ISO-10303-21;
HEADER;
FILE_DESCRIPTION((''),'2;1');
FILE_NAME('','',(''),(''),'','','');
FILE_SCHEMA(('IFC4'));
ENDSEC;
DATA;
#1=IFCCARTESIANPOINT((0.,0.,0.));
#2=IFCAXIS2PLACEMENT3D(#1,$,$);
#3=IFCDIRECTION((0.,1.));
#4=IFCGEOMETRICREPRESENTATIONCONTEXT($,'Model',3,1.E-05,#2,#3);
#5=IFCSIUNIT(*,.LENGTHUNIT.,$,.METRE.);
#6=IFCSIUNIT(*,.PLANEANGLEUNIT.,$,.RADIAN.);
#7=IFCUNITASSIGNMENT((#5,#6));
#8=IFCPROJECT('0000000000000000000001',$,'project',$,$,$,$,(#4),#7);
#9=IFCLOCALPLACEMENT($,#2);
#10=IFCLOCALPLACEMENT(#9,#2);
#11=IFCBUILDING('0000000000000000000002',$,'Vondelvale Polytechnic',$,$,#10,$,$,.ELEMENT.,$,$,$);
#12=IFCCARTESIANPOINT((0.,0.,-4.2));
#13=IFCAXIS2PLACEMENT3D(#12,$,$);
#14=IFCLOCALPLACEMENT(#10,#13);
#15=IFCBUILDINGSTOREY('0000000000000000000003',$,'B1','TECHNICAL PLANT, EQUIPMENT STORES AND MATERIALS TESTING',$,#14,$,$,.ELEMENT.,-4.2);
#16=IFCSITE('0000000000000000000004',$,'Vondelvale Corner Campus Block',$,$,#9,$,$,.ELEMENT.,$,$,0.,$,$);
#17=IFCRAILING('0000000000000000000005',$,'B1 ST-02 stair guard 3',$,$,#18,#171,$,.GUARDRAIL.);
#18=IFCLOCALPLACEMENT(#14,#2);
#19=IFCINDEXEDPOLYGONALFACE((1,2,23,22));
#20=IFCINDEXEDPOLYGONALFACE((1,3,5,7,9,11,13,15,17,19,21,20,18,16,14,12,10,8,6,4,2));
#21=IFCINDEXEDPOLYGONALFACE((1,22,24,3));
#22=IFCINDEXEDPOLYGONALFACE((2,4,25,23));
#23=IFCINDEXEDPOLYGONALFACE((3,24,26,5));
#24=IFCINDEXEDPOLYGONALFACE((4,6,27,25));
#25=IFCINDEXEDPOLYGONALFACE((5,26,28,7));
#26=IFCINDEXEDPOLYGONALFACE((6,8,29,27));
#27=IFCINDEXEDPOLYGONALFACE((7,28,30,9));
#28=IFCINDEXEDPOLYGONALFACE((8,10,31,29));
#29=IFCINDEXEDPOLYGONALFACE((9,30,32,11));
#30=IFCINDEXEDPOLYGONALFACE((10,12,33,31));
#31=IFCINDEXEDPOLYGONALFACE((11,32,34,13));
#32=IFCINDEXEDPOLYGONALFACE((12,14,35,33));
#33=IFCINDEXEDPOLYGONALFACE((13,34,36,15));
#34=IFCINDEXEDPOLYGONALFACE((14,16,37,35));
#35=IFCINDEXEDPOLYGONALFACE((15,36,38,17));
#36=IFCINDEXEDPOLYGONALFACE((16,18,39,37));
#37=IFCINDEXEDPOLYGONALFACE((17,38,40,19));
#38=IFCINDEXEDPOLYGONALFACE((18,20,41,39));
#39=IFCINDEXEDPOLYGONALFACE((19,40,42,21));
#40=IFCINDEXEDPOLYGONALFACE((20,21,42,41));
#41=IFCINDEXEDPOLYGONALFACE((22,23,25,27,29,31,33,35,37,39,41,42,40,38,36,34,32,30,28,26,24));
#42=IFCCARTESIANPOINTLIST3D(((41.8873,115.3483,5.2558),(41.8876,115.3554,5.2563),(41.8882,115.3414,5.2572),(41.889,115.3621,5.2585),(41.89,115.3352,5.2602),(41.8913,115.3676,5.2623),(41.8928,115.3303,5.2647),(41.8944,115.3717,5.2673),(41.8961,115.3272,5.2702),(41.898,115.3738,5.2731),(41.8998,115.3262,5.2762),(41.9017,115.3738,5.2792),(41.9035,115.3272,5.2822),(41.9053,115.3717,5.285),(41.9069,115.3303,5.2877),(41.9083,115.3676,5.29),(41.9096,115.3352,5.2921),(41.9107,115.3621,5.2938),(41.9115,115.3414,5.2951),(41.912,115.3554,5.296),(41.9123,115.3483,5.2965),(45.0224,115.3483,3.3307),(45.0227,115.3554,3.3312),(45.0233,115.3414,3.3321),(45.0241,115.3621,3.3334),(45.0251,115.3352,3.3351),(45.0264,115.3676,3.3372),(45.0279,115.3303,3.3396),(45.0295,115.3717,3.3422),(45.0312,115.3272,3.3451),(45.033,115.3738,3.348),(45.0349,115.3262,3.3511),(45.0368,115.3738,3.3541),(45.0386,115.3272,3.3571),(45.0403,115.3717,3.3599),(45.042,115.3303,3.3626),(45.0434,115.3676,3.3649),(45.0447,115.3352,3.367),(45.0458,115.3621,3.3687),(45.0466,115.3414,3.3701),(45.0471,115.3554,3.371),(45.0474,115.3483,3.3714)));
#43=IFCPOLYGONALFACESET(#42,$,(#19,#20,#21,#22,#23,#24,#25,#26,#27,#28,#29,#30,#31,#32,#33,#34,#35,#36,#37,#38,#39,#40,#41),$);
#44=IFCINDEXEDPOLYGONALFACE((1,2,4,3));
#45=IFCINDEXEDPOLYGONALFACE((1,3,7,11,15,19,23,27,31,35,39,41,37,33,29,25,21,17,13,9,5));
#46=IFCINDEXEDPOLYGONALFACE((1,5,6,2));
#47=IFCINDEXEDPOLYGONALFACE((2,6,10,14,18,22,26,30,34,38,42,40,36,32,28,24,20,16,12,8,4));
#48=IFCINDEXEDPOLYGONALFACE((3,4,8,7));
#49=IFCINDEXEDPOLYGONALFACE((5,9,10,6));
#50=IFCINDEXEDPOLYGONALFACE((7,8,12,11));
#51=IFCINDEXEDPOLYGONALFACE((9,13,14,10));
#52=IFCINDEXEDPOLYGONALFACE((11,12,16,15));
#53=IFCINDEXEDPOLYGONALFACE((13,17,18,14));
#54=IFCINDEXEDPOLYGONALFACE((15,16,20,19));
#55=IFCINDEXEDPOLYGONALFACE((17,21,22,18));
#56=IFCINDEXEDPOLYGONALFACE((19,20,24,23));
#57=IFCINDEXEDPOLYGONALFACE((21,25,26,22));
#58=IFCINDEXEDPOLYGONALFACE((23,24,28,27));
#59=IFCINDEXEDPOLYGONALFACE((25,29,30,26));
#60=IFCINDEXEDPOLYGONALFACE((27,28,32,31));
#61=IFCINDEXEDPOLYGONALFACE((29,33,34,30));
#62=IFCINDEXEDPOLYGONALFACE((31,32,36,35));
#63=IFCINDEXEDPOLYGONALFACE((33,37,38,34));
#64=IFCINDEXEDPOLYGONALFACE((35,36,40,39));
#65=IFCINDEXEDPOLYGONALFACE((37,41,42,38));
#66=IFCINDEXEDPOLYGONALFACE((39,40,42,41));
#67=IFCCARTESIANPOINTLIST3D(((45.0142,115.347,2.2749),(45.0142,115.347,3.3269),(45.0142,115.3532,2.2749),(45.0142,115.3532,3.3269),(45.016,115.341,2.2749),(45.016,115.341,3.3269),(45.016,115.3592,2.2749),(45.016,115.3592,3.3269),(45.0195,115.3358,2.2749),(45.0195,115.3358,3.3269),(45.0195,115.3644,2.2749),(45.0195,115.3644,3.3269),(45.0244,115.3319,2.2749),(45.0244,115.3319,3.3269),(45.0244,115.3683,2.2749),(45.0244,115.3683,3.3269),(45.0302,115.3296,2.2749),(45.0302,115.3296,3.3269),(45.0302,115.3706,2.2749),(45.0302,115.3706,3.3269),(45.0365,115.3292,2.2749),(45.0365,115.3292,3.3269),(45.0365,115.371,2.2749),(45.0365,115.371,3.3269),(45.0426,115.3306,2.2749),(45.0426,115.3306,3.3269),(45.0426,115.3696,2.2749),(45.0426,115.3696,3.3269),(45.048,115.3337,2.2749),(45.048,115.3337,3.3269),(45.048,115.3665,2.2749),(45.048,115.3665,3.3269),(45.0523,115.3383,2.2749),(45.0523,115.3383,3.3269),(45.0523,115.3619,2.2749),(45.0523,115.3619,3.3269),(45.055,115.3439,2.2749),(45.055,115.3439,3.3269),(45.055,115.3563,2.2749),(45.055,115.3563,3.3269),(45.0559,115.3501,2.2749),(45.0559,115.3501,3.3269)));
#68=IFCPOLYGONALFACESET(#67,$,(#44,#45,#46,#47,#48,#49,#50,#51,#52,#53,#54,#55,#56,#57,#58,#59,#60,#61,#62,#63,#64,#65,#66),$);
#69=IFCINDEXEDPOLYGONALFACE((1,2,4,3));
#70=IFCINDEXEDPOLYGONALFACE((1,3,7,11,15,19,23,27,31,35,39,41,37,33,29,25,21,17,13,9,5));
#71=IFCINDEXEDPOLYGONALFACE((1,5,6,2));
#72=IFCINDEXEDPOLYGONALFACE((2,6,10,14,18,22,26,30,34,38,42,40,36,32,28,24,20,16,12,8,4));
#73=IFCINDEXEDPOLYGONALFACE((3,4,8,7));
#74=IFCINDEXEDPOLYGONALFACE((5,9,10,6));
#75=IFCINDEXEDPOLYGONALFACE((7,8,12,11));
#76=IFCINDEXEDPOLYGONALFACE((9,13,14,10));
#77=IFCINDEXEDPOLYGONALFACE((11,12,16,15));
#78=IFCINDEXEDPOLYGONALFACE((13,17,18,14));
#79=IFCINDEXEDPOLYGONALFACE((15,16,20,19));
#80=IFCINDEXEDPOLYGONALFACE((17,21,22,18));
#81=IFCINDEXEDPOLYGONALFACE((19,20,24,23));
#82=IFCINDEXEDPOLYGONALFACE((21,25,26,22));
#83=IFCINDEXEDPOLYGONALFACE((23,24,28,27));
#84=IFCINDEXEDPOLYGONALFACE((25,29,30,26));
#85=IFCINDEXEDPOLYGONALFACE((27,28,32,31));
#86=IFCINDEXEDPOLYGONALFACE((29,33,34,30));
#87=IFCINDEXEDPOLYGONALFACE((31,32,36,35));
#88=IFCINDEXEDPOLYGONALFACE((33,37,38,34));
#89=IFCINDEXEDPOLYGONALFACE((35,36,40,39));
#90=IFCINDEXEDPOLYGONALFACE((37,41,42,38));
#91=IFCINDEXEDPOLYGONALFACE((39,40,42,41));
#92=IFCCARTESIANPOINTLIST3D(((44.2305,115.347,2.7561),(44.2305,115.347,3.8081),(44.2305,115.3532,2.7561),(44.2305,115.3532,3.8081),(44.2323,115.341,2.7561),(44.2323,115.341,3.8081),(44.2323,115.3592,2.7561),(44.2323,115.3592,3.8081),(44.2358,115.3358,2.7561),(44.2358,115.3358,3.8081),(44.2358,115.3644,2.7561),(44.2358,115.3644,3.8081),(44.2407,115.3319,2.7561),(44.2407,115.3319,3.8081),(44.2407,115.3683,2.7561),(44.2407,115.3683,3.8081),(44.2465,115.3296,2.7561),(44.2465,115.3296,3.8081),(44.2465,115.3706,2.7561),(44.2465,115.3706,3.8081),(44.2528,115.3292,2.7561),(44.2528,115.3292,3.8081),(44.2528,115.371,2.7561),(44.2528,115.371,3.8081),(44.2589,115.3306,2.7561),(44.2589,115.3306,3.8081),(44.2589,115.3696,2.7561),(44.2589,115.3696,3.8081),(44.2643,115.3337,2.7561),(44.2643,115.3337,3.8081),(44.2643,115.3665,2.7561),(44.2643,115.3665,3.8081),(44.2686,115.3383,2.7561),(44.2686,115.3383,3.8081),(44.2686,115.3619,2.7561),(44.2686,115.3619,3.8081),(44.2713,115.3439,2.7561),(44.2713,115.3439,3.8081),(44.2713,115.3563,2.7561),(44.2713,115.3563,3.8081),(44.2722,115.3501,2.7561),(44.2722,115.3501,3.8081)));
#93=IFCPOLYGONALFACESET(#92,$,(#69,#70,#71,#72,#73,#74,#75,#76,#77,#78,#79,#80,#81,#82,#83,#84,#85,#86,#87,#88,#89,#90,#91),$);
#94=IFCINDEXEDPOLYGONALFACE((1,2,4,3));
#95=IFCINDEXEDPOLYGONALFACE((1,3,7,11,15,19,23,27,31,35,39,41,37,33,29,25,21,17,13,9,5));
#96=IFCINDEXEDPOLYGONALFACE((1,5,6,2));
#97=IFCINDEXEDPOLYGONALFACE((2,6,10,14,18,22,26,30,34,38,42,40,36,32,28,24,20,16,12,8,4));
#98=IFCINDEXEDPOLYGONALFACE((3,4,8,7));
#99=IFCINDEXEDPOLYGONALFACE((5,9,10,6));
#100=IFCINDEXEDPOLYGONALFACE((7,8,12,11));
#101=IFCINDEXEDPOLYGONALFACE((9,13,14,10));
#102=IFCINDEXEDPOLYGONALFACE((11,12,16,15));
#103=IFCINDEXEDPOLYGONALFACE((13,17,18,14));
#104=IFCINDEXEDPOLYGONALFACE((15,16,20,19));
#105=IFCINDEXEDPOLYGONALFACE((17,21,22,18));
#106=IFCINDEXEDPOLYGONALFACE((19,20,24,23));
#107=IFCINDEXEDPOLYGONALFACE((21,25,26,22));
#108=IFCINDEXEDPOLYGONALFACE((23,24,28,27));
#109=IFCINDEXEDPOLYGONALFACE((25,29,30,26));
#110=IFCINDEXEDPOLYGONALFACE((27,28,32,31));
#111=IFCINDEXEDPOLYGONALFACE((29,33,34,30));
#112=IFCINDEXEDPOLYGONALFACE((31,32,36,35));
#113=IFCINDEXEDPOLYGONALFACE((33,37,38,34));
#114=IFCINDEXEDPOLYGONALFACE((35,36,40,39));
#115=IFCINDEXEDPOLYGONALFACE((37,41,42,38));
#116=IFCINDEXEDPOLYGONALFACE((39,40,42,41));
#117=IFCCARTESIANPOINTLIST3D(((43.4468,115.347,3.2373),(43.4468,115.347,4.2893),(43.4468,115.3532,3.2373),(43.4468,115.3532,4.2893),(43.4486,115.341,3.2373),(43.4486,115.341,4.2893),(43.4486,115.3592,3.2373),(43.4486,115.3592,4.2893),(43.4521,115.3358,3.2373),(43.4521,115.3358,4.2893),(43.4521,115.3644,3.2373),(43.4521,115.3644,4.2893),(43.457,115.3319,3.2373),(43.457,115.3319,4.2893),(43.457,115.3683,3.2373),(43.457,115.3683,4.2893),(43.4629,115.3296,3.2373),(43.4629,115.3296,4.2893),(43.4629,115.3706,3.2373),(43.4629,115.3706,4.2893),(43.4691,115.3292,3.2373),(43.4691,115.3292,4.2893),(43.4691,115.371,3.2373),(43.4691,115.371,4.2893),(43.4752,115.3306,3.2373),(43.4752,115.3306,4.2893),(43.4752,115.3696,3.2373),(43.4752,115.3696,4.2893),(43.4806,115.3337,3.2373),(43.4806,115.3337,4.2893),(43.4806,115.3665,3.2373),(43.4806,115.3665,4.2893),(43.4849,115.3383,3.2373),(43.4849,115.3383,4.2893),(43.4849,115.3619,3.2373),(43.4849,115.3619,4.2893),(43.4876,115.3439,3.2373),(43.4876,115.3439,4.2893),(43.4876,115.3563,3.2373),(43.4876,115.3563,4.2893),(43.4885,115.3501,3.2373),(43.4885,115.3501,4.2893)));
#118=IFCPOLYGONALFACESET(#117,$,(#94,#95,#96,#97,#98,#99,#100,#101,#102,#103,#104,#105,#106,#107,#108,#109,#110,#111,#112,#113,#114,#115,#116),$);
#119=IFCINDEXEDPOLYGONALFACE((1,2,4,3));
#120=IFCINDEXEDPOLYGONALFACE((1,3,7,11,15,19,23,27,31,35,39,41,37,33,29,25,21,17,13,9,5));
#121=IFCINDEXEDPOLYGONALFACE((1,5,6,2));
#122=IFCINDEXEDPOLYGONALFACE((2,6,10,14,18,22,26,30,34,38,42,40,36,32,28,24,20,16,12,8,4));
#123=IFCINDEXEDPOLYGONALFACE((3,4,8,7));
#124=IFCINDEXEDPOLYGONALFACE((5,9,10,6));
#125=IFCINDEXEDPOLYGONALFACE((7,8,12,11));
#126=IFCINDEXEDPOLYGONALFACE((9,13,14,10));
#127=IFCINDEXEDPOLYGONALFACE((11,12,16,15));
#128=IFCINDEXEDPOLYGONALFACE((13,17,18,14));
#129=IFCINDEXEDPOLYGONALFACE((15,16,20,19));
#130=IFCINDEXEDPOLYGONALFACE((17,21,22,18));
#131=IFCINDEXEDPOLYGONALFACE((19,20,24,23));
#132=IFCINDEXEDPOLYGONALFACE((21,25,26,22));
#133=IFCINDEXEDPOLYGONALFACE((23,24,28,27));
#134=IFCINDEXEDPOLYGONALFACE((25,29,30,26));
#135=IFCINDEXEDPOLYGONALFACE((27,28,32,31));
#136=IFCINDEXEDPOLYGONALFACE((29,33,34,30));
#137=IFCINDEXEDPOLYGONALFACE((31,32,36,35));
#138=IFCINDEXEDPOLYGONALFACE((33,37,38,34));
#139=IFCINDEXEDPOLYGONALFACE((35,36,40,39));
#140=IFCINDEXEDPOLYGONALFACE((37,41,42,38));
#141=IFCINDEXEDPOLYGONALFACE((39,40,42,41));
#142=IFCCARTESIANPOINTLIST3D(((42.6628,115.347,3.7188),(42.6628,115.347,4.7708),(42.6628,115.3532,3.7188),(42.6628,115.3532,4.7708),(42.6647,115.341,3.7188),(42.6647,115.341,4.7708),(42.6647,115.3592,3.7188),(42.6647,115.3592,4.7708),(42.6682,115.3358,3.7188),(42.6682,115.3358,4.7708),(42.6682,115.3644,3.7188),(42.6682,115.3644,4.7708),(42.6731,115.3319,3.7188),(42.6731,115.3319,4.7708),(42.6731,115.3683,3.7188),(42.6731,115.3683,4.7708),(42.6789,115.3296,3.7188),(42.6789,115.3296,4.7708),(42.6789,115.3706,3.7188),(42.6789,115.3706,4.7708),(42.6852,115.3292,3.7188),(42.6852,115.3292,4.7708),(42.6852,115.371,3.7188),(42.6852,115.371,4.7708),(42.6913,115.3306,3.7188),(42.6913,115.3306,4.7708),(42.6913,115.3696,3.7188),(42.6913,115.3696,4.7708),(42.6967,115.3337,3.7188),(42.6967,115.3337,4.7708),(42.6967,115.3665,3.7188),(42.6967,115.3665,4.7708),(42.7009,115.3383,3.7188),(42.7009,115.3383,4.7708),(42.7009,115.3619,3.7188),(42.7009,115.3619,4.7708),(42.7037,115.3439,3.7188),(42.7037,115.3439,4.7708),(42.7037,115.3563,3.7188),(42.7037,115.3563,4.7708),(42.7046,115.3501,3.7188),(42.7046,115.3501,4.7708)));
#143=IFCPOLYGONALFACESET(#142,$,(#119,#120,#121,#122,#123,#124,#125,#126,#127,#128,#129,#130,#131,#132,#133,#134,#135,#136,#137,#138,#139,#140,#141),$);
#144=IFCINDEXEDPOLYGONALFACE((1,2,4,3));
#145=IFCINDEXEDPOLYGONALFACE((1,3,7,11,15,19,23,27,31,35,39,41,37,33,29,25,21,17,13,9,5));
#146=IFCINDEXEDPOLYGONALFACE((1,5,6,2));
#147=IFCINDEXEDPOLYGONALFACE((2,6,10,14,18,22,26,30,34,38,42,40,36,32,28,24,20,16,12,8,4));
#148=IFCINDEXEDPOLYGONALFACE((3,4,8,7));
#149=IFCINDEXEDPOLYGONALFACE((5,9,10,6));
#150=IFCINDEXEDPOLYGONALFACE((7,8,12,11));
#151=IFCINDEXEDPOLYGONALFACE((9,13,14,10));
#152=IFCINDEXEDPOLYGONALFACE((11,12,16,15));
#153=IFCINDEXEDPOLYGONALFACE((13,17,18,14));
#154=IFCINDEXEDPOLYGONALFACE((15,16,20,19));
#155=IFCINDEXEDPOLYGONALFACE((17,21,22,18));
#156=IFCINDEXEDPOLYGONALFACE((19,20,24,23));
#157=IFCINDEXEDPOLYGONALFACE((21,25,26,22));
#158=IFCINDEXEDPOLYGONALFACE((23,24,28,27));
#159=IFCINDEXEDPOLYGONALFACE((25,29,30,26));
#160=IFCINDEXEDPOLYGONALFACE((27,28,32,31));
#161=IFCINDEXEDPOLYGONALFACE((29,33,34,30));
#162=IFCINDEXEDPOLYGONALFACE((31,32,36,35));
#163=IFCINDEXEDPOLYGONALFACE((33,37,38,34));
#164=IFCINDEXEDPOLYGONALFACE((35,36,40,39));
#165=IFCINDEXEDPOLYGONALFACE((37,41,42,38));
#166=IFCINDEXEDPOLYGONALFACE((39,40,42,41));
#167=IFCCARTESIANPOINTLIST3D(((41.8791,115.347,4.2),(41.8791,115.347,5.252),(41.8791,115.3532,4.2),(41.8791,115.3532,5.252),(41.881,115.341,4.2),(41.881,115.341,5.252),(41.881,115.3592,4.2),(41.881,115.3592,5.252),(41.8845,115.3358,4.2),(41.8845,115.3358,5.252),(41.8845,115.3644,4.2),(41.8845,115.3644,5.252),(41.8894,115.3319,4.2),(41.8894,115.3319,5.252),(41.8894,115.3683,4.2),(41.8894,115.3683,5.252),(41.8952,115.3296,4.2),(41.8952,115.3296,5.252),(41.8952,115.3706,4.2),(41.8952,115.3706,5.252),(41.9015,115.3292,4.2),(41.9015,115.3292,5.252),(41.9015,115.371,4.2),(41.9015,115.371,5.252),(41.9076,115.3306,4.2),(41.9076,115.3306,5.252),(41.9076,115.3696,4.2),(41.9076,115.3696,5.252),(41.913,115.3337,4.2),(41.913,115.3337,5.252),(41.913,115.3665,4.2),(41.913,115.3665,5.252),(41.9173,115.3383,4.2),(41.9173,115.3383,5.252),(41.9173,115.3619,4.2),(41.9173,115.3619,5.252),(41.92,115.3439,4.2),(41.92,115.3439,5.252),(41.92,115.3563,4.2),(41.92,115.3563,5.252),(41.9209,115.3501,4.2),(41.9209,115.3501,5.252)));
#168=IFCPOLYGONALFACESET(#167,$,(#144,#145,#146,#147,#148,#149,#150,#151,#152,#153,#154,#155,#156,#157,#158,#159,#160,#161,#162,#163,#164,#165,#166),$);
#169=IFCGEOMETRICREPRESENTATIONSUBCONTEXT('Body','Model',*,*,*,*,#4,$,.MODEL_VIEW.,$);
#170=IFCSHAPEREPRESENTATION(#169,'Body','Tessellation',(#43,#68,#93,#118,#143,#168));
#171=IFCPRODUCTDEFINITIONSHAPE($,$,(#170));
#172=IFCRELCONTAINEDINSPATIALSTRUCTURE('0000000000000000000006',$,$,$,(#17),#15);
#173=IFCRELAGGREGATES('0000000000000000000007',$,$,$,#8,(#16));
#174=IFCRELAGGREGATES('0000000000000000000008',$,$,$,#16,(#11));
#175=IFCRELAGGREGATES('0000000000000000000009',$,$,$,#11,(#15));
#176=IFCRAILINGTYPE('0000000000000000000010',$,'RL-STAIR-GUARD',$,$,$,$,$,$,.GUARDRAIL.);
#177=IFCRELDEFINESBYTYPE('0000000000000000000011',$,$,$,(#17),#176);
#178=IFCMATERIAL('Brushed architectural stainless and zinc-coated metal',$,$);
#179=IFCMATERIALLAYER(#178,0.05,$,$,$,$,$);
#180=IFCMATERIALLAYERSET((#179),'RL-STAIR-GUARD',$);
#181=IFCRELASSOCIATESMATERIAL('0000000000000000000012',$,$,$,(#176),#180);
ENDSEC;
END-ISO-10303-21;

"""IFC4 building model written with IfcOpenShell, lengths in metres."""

from ifc_helpers import new_model, si_unit, direction, frame, origin, origin_2d, place, context, subcontext, project, spatial, circle, extrude, material, layer, layer_set, type_object, element, save


model = new_model("IFC4")

# Units and contexts
model_context = context("Model", 3, precision=1e-05, world=origin(), true_north=direction((0.0, 1.0)))
body_context = subcontext(model_context, "Body", "Model", "MODEL_VIEW")
ifc_project = project(units=[si_unit("LENGTHUNIT", "METRE"), si_unit("PLANEANGLEUNIT", "RADIAN")], contexts=[model_context])

# Site, building, storey
site_placement = place(None, origin())
site = spatial("IfcSite", under=ifc_project, at=site_placement, Name="Vondelvale Corner Campus Block", CompositionType="ELEMENT", RefElevation=0.0)
building_placement = place(site_placement, origin())
building = spatial("IfcBuilding", under=site, at=building_placement, Name="Vondelvale Polytechnic", CompositionType="ELEMENT")
storey_placement = place(building_placement, frame((0.0, 0.0, -4.2)))
storey = spatial("IfcBuildingStorey", under=building, at=storey_placement, Name="B1", Description="TECHNICAL PLANT, EQUIPMENT STORES AND MATERIALS TESTING", CompositionType="ELEMENT", Elevation=-4.2)

# Shared definitions
ifc_material_1 = material(Name="Brushed architectural stainless and zinc-coated metal")

# Railing
ifc_layer_1 = layer(ifc_material_1, 0.05)
ifc_layer_set_1 = layer_set([ifc_layer_1], Name="RL-STAIR-GUARD")
railing_type_1 = type_object("IfcRailingType", Name="RL-STAIR-GUARD", PredefinedType="GUARDRAIL", material=ifc_layer_set_1)
railing_1_placement = place(storey_placement, frame((45.0349, 115.3501, 2.2749)))
element("IfcRailing", 1, at=railing_1_placement, inside=storey, type_object=railing_type_1, Name="B1 ST-02 stair guard 3", PredefinedType="GUARDRAIL", context=body_context, shape_type="SweptSolid", body=[
    extrude(circle(Radius=0.0239, at=origin_2d()), frame((0.0, 0.0, 1.0762), z_axis=(-0.852166, 0.0, 0.523271), x_axis=(0.0, -1.0, 0.0)), (0.0, 0.0, 1.0), 3.679),
    extrude(circle(Radius=0.021, at=origin_2d()), origin(), (0.0, 0.0, 1.0), 1.052),
    extrude(circle(Radius=0.021, at=origin_2d()), frame((-0.7837, 0.0, 0.4812)), (0.0, 0.0, 1.0), 1.052),
    extrude(circle(Radius=0.021, at=origin_2d()), frame((-1.5674, 0.0, 0.9624)), (0.0, 0.0, 1.0), 1.052),
    extrude(circle(Radius=0.021, at=origin_2d()), frame((-2.3513, 0.0, 1.4438)), (0.0, 0.0, 1.0), 1.052),
    extrude(circle(Radius=0.021, at=origin_2d()), frame((-3.135, 0.0, 1.925)), (0.0, 0.0, 1.0), 1.052),
])

save(model, "model.ifc")
